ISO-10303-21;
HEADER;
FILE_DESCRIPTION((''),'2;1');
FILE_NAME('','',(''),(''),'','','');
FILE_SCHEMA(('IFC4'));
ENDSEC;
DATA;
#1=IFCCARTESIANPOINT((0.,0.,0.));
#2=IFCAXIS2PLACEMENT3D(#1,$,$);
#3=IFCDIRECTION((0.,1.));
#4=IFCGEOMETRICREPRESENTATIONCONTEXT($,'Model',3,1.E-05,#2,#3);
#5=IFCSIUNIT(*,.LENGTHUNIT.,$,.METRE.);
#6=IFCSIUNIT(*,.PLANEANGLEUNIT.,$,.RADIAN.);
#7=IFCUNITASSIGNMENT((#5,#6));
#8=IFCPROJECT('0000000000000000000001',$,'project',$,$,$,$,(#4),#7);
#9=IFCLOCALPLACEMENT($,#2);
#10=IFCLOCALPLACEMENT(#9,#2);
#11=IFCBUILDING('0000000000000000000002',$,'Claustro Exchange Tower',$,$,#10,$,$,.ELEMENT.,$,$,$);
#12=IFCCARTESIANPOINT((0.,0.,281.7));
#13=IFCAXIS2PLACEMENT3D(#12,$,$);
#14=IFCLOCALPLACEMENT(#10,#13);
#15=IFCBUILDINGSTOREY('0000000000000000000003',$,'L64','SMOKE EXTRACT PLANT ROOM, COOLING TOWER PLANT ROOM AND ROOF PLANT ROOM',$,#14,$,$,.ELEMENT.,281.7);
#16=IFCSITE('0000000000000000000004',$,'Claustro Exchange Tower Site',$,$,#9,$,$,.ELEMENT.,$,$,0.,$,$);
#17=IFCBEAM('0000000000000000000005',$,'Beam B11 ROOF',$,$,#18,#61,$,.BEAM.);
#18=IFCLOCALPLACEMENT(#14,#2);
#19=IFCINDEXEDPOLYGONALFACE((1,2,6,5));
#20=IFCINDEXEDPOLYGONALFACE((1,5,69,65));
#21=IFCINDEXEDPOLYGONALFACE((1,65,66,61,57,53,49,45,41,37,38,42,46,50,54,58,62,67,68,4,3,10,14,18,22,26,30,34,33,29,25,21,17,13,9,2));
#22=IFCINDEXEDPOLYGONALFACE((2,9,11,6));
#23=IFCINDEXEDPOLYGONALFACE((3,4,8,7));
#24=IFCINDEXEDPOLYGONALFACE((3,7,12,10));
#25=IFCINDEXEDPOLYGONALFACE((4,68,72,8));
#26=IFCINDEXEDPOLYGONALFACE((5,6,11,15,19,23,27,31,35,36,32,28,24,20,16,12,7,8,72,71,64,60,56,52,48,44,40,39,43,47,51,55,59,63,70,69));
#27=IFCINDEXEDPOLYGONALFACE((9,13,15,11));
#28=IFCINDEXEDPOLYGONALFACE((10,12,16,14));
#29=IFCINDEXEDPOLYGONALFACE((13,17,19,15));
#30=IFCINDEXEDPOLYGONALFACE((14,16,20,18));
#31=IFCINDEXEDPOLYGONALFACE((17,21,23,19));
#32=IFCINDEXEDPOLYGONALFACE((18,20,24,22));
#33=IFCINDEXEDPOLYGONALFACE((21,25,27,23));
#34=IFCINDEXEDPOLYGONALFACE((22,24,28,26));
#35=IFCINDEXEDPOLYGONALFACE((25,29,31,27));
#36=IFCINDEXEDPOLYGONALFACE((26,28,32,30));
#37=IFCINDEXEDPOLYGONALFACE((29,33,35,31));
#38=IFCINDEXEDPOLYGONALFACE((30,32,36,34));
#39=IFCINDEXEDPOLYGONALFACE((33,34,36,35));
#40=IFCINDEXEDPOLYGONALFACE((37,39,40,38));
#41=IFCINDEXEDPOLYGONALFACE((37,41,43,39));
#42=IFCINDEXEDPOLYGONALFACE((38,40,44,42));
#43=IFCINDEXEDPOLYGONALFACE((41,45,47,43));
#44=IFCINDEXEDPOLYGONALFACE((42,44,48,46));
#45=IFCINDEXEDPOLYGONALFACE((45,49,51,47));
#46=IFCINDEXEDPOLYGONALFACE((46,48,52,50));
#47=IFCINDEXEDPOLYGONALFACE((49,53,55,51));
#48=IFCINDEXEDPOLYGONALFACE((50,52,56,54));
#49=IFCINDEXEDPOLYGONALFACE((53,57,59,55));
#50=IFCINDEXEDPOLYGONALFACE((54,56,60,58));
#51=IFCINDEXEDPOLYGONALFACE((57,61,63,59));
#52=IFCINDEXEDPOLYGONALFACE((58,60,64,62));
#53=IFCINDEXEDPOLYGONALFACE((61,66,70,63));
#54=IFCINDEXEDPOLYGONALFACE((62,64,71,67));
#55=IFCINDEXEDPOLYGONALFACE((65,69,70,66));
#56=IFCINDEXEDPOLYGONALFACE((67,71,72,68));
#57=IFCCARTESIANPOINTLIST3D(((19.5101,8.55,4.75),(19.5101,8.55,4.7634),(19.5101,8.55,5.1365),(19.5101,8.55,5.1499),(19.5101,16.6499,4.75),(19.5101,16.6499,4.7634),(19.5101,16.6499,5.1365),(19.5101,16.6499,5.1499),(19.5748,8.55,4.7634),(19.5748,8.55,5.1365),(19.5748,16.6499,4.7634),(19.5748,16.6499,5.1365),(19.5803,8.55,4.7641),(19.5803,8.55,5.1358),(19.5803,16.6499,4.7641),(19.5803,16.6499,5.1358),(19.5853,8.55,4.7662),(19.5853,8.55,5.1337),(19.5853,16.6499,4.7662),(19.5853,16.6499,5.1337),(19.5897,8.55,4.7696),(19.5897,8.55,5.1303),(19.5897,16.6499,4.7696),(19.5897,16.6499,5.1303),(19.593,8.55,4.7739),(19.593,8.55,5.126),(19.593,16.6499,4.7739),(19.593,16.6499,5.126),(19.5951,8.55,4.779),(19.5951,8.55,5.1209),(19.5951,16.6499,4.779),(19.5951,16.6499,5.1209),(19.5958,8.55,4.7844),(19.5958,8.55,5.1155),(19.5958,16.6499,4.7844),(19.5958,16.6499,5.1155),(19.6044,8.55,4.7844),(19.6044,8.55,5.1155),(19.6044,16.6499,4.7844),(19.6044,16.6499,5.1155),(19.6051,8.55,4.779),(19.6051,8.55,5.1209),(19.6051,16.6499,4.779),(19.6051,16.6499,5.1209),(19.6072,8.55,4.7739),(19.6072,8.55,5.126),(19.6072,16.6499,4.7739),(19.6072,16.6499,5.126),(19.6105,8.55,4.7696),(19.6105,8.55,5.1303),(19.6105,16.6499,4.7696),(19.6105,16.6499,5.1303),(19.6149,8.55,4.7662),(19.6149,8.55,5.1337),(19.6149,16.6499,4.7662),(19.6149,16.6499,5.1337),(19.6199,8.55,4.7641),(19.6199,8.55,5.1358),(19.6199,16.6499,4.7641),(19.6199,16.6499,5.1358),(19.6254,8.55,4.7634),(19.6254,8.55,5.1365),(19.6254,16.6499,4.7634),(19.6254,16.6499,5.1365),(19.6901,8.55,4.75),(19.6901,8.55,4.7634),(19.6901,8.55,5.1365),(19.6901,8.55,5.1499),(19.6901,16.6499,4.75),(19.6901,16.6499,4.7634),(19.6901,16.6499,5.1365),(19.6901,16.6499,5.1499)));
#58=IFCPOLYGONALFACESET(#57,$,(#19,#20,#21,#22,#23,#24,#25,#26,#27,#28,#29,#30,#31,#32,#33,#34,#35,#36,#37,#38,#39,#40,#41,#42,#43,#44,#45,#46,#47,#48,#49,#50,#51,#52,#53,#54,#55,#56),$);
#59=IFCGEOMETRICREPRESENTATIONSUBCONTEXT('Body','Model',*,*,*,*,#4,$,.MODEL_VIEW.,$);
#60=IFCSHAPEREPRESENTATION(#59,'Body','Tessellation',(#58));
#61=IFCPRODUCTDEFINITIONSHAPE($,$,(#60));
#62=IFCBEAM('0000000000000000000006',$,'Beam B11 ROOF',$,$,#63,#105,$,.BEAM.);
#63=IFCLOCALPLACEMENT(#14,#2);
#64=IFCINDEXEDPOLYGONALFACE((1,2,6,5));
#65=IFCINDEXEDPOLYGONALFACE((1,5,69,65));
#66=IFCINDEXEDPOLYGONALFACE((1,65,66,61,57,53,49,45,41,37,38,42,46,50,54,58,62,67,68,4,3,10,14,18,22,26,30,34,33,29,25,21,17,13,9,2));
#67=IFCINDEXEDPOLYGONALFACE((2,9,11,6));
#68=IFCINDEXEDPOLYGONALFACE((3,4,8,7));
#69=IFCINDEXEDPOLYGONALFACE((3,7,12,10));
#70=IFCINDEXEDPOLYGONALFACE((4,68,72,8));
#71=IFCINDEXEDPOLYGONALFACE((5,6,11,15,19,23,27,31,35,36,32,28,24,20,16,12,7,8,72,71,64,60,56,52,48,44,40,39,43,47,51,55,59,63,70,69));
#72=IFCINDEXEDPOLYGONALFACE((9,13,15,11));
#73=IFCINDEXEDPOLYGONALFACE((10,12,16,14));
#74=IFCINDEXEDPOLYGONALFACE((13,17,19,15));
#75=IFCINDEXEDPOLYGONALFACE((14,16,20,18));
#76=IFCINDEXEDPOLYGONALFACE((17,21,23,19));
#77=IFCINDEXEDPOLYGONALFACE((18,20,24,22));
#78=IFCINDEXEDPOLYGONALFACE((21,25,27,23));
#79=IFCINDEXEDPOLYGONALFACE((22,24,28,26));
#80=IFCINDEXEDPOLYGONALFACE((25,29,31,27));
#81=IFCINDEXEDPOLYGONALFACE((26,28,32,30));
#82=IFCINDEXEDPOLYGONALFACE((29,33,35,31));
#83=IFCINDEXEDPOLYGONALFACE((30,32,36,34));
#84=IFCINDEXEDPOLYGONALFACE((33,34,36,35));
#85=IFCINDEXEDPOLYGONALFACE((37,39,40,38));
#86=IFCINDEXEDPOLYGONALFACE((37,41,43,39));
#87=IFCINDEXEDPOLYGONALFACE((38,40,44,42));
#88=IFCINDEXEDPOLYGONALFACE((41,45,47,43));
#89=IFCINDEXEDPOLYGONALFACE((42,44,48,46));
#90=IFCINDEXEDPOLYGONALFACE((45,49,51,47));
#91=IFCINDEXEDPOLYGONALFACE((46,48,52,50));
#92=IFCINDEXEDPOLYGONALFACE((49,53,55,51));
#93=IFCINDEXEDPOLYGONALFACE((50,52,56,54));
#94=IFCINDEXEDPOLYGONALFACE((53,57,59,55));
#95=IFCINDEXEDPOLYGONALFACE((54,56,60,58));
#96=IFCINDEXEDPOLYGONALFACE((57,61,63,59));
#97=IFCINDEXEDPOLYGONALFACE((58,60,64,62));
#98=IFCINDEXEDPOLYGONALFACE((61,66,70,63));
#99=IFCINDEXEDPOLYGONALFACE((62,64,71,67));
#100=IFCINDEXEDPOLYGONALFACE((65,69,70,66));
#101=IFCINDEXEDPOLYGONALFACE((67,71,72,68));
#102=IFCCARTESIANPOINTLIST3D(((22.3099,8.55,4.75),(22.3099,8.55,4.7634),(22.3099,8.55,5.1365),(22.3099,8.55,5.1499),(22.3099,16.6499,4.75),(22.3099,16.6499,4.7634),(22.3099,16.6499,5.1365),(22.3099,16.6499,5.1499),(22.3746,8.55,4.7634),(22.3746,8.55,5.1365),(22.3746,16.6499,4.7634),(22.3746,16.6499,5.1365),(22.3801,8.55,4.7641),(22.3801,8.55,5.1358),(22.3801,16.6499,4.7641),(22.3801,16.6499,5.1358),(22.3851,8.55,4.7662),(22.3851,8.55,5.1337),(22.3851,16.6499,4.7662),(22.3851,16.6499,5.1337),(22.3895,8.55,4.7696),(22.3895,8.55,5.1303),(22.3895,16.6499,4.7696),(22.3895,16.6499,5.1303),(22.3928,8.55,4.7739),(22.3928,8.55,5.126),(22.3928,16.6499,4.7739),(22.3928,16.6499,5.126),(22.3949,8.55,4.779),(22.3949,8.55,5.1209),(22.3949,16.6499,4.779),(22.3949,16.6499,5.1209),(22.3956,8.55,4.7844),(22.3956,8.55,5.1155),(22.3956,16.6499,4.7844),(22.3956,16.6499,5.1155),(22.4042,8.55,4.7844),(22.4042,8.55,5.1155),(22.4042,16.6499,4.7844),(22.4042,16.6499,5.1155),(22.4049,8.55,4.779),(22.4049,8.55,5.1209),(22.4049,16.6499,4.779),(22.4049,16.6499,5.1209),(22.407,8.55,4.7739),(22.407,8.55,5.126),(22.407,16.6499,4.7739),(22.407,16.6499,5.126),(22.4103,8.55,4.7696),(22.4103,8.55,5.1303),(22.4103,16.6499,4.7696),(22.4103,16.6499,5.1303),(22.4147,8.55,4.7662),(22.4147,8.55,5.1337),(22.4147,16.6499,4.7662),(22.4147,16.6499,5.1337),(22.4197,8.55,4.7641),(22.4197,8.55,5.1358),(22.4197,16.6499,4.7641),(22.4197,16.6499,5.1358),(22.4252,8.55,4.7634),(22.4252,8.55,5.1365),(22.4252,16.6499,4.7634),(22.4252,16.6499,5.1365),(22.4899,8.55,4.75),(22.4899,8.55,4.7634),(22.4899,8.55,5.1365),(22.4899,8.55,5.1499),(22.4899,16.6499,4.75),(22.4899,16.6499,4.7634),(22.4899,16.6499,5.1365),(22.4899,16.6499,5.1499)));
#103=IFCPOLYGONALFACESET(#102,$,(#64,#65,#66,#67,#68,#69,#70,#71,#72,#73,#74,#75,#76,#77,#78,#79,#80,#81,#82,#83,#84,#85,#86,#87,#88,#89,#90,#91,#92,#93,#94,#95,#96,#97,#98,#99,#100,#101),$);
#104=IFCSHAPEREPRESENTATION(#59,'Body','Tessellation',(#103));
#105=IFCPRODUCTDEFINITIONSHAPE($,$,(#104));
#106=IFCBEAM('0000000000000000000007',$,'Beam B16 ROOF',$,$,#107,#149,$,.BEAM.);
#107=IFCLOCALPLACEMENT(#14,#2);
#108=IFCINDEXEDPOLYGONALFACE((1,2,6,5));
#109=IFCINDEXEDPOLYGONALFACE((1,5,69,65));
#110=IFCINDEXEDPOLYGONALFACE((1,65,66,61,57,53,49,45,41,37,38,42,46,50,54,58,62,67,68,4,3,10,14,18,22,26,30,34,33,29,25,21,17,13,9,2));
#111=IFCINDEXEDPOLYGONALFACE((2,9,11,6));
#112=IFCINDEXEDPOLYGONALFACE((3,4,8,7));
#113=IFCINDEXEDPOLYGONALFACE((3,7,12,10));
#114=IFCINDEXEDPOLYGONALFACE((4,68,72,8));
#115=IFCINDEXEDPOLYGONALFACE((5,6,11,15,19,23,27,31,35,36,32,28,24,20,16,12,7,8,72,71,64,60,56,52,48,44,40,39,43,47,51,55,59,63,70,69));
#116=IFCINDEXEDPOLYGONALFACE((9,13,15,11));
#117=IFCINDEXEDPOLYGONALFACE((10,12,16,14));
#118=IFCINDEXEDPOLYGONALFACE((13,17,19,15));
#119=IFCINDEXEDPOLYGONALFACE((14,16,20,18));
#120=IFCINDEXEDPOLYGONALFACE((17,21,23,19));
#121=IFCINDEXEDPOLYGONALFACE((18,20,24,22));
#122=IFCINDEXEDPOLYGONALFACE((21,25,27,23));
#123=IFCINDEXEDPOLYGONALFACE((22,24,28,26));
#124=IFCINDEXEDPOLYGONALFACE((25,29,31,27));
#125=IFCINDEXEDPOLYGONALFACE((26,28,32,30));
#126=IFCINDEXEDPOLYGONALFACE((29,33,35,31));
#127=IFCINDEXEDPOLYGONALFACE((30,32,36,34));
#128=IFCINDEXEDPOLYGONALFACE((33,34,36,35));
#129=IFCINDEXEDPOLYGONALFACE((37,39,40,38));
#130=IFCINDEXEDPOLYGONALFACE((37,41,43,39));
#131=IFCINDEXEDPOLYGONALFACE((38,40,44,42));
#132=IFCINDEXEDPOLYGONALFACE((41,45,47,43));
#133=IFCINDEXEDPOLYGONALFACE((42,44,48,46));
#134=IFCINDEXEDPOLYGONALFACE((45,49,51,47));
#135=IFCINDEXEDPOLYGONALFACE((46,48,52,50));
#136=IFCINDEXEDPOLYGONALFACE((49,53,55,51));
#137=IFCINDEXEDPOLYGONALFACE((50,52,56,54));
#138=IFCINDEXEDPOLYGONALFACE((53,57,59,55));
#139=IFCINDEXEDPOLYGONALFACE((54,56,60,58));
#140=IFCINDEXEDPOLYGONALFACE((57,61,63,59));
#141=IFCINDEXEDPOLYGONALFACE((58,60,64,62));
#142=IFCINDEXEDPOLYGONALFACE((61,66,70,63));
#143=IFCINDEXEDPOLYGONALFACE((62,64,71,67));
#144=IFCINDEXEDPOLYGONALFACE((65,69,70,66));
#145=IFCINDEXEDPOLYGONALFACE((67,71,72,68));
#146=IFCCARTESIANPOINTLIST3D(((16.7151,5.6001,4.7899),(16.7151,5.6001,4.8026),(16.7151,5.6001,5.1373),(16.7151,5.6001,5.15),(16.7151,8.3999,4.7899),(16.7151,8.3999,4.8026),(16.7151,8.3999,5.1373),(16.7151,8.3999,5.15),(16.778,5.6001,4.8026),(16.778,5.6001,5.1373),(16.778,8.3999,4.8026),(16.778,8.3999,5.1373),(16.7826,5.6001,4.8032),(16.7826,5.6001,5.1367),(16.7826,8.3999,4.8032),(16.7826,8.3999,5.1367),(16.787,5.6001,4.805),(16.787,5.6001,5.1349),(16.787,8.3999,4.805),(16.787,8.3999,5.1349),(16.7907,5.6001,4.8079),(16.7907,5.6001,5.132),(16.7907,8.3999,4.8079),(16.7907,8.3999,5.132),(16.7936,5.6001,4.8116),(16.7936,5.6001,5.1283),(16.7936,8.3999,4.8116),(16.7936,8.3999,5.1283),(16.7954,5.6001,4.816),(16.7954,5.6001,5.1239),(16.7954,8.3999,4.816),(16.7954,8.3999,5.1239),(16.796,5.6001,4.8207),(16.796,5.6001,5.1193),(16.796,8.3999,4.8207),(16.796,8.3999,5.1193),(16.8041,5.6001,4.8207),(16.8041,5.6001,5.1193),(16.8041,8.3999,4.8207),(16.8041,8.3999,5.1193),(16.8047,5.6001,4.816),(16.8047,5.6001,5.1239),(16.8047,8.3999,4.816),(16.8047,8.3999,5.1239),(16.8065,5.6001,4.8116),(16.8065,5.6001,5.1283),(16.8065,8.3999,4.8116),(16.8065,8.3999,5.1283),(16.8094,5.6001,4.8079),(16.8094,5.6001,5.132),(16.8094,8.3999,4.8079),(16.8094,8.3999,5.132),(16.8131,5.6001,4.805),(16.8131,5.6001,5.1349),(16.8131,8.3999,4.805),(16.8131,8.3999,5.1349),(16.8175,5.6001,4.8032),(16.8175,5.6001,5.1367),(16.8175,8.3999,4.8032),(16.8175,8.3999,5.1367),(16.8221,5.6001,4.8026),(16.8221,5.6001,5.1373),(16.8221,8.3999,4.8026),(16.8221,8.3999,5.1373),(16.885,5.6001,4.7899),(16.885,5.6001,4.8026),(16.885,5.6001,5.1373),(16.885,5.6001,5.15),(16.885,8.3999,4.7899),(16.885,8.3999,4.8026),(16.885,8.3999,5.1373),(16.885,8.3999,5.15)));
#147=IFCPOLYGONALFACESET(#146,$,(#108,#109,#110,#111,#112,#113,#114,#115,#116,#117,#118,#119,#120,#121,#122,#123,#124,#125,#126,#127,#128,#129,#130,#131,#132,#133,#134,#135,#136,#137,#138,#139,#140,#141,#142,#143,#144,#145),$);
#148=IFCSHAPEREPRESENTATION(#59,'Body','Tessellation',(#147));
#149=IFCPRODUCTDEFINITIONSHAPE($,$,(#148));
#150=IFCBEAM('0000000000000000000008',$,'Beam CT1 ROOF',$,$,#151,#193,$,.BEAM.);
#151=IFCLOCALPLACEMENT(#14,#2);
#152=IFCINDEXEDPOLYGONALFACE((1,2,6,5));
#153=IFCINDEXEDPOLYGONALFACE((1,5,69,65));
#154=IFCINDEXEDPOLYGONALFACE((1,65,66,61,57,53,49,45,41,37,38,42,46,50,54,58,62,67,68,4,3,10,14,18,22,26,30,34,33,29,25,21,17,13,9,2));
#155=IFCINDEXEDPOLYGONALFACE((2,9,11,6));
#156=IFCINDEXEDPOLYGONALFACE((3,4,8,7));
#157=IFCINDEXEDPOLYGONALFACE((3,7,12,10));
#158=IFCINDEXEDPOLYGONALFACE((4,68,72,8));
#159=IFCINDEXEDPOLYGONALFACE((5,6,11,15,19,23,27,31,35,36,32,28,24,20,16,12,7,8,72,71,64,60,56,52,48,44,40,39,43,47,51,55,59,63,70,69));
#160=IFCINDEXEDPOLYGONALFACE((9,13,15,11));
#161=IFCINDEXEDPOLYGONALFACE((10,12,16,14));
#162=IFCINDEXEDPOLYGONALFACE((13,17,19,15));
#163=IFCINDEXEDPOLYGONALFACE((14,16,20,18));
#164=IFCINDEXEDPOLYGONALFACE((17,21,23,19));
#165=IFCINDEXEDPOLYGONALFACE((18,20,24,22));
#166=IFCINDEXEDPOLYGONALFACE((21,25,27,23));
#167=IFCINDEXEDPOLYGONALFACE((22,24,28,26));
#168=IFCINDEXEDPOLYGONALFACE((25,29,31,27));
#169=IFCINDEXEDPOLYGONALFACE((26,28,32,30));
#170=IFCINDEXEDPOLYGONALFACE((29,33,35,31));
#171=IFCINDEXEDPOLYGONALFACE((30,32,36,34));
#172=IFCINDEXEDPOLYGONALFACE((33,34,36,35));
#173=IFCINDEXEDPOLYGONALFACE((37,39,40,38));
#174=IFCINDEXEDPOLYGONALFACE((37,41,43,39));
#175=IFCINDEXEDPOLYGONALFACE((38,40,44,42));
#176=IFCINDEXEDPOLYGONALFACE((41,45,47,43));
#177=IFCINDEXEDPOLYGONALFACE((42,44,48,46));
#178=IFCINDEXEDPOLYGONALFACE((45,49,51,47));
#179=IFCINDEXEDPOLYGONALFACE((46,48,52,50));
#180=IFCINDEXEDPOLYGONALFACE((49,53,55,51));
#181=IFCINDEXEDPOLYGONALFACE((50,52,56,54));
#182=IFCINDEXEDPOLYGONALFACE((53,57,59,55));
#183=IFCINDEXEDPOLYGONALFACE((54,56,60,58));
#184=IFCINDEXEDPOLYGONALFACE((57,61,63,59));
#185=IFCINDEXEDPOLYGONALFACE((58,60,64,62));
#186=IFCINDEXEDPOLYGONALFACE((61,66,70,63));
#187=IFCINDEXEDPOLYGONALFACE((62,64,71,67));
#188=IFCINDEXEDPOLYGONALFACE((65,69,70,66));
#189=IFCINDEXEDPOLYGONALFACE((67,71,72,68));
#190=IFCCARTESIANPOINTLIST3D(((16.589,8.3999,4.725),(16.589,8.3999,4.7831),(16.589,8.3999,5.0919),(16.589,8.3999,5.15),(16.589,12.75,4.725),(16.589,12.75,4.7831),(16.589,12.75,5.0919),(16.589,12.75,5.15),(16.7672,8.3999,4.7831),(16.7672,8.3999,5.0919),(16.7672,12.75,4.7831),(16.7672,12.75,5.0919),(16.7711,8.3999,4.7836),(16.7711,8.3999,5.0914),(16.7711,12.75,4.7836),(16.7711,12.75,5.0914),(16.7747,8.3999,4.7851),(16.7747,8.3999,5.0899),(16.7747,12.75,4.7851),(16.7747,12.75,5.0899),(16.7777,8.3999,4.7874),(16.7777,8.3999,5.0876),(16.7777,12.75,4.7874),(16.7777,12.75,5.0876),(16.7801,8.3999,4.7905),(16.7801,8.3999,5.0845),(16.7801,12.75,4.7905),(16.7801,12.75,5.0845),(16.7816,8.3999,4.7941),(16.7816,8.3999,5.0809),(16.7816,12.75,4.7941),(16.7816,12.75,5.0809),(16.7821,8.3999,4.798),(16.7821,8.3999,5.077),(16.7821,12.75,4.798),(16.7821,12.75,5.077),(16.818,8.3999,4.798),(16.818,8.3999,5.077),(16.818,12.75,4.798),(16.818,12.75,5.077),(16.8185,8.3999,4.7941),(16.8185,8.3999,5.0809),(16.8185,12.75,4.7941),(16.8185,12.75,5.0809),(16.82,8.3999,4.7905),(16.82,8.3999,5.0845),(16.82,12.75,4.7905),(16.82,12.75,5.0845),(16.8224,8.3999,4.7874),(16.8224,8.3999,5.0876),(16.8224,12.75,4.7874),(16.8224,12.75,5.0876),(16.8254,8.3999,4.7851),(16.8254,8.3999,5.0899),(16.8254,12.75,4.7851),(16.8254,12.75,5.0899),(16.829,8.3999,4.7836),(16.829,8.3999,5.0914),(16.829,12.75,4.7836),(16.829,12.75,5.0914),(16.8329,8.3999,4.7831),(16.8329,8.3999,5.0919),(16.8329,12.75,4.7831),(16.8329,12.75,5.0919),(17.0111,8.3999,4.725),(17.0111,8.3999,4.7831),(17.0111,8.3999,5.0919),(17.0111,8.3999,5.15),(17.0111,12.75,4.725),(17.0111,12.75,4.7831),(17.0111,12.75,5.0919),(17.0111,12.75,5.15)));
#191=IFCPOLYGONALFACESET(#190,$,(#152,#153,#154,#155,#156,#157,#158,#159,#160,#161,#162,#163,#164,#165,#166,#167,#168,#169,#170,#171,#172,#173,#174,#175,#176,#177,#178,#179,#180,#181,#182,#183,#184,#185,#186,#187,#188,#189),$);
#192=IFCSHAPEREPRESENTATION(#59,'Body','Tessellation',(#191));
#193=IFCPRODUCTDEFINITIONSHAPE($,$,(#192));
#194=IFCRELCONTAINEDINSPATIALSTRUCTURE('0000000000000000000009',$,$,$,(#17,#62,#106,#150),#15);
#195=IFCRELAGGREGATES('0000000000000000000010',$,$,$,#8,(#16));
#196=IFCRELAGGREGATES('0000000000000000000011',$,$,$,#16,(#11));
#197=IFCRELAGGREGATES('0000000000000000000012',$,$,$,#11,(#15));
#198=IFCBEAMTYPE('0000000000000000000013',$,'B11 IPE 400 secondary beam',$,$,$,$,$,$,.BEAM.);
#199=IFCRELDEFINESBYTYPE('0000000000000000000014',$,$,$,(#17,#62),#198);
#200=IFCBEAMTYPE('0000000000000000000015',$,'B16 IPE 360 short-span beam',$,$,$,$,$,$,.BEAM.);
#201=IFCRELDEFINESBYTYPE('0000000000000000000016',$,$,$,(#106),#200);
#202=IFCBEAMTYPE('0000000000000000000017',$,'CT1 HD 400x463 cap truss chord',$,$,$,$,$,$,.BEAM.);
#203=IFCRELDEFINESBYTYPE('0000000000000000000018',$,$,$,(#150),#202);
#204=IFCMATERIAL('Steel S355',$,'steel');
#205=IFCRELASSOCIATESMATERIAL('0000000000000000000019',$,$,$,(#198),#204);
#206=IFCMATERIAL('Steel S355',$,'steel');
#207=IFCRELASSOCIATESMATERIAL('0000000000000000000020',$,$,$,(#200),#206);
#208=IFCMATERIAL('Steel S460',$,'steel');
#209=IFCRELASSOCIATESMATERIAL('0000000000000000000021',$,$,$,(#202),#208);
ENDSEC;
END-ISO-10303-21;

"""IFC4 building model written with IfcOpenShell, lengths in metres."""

from ifc_helpers import new_model, si_unit, direction, frame, origin, origin_2d, place, context, subcontext, project, spatial, i_section, extrude, material, material_profile, profile_set, type_object, element, save


model = new_model("IFC4")

# Units and contexts
model_context = context("Model", 3, precision=1e-05, world=origin(), true_north=direction((0.0, 1.0)))
body_context = subcontext(model_context, "Body", "Model", "MODEL_VIEW")
ifc_project = project(units=[si_unit("LENGTHUNIT", "METRE"), si_unit("PLANEANGLEUNIT", "RADIAN")], contexts=[model_context])

# Site, building, storey
site_placement = place(None, origin())
site = spatial("IfcSite", under=ifc_project, at=site_placement, Name="Claustro Exchange Tower Site", CompositionType="ELEMENT", RefElevation=0.0)
building_placement = place(site_placement, origin())
building = spatial("IfcBuilding", under=site, at=building_placement, Name="Claustro Exchange Tower", CompositionType="ELEMENT")
storey_placement = place(building_placement, frame((0.0, 0.0, 281.7)))
storey = spatial("IfcBuildingStorey", under=building, at=storey_placement, Name="L64", Description="SMOKE EXTRACT PLANT ROOM, COOLING TOWER PLANT ROOM AND ROOF PLANT ROOM", CompositionType="ELEMENT", Elevation=281.7)

# Beams
ifc_material_1 = material(Name="Steel S355", Category="steel")
ifc_material_profile_1 = material_profile(ifc_material_1, i_section(OverallWidth=0.1799, OverallDepth=0.3999, WebThickness=0.0085, FlangeThickness=0.0134, FilletRadius=0.021, at=origin_2d()), Name="IPE 400")
ifc_profile_set_1 = profile_set([ifc_material_profile_1], Name="Steel S355")
beam_type_1 = type_object("IfcBeamType", Name="B11 IPE 400 secondary beam", PredefinedType="BEAM", material=ifc_profile_set_1)
for number, where, z_axis, x_axis, name in (
    (1, (19.6001, 8.55, 4.95), (0.0, 1.0, 0.0), (-1.0, 0.0, 0.0), "Beam B11 ROOF"),
    (2, (22.3999, 8.55, 4.95), (0.0, 1.0, 0.0), (-1.0, 0.0, 0.0), "Beam B11 ROOF"),
):
    element("IfcBeam", number, at=place(storey_placement, frame(where, z_axis=z_axis, x_axis=x_axis)), inside=storey, type_object=beam_type_1, Name=name, PredefinedType="BEAM", context=body_context, shape_type="SweptSolid", body=[
        extrude(i_section(OverallWidth=0.1799, OverallDepth=0.3999, WebThickness=0.0085, FlangeThickness=0.0134, FilletRadius=0.021, at=origin_2d()), origin(), (0.0, 0.0, 1.0), 8.0999),
    ])
ifc_material_2 = material(Name="Steel S355", Category="steel")
ifc_material_profile_2 = material_profile(ifc_material_2, i_section(OverallWidth=0.1699, OverallDepth=0.3601, WebThickness=0.0081, FlangeThickness=0.0127, FilletRadius=0.0181, at=origin_2d()), Name="IPE 360")
ifc_profile_set_2 = profile_set([ifc_material_profile_2], Name="Steel S355")
beam_type_2 = type_object("IfcBeamType", Name="B16 IPE 360 short-span beam", PredefinedType="BEAM", material=ifc_profile_set_2)
beam_1_placement = place(storey_placement, frame((16.8, 5.6001, 4.97), z_axis=(0.0, 1.0, 0.0), x_axis=(-1.0, 0.0, 0.0)))
element("IfcBeam", 3, at=beam_1_placement, inside=storey, type_object=beam_type_2, Name="Beam B16 ROOF", PredefinedType="BEAM", context=body_context, shape_type="SweptSolid", body=[
    extrude(i_section(OverallWidth=0.1699, OverallDepth=0.3601, WebThickness=0.0081, FlangeThickness=0.0127, FilletRadius=0.0181, at=origin_2d()), origin(), (0.0, 0.0, 1.0), 2.7998),
])
ifc_material_3 = material(Name="Steel S460", Category="steel")
ifc_material_profile_3 = material_profile(ifc_material_3, i_section(OverallWidth=0.4221, OverallDepth=0.425, WebThickness=0.0359, FlangeThickness=0.0581, FilletRadius=0.0149, at=origin_2d()), Name="HD 400x463")
ifc_profile_set_3 = profile_set([ifc_material_profile_3], Name="Steel S460")
beam_type_3 = type_object("IfcBeamType", Name="CT1 HD 400x463 cap truss chord", PredefinedType="BEAM", material=ifc_profile_set_3)
beam_2_placement = place(storey_placement, frame((16.8, 8.3999, 4.9375), z_axis=(0.0, 1.0, 0.0), x_axis=(-1.0, 0.0, 0.0)))
element("IfcBeam", 4, at=beam_2_placement, inside=storey, type_object=beam_type_3, Name="Beam CT1 ROOF", PredefinedType="BEAM", context=body_context, shape_type="SweptSolid", body=[
    extrude(i_section(OverallWidth=0.4221, OverallDepth=0.425, WebThickness=0.0359, FlangeThickness=0.0581, FilletRadius=0.0149, at=origin_2d()), origin(), (0.0, 0.0, 1.0), 4.3501),
])

save(model, "model.ifc")
